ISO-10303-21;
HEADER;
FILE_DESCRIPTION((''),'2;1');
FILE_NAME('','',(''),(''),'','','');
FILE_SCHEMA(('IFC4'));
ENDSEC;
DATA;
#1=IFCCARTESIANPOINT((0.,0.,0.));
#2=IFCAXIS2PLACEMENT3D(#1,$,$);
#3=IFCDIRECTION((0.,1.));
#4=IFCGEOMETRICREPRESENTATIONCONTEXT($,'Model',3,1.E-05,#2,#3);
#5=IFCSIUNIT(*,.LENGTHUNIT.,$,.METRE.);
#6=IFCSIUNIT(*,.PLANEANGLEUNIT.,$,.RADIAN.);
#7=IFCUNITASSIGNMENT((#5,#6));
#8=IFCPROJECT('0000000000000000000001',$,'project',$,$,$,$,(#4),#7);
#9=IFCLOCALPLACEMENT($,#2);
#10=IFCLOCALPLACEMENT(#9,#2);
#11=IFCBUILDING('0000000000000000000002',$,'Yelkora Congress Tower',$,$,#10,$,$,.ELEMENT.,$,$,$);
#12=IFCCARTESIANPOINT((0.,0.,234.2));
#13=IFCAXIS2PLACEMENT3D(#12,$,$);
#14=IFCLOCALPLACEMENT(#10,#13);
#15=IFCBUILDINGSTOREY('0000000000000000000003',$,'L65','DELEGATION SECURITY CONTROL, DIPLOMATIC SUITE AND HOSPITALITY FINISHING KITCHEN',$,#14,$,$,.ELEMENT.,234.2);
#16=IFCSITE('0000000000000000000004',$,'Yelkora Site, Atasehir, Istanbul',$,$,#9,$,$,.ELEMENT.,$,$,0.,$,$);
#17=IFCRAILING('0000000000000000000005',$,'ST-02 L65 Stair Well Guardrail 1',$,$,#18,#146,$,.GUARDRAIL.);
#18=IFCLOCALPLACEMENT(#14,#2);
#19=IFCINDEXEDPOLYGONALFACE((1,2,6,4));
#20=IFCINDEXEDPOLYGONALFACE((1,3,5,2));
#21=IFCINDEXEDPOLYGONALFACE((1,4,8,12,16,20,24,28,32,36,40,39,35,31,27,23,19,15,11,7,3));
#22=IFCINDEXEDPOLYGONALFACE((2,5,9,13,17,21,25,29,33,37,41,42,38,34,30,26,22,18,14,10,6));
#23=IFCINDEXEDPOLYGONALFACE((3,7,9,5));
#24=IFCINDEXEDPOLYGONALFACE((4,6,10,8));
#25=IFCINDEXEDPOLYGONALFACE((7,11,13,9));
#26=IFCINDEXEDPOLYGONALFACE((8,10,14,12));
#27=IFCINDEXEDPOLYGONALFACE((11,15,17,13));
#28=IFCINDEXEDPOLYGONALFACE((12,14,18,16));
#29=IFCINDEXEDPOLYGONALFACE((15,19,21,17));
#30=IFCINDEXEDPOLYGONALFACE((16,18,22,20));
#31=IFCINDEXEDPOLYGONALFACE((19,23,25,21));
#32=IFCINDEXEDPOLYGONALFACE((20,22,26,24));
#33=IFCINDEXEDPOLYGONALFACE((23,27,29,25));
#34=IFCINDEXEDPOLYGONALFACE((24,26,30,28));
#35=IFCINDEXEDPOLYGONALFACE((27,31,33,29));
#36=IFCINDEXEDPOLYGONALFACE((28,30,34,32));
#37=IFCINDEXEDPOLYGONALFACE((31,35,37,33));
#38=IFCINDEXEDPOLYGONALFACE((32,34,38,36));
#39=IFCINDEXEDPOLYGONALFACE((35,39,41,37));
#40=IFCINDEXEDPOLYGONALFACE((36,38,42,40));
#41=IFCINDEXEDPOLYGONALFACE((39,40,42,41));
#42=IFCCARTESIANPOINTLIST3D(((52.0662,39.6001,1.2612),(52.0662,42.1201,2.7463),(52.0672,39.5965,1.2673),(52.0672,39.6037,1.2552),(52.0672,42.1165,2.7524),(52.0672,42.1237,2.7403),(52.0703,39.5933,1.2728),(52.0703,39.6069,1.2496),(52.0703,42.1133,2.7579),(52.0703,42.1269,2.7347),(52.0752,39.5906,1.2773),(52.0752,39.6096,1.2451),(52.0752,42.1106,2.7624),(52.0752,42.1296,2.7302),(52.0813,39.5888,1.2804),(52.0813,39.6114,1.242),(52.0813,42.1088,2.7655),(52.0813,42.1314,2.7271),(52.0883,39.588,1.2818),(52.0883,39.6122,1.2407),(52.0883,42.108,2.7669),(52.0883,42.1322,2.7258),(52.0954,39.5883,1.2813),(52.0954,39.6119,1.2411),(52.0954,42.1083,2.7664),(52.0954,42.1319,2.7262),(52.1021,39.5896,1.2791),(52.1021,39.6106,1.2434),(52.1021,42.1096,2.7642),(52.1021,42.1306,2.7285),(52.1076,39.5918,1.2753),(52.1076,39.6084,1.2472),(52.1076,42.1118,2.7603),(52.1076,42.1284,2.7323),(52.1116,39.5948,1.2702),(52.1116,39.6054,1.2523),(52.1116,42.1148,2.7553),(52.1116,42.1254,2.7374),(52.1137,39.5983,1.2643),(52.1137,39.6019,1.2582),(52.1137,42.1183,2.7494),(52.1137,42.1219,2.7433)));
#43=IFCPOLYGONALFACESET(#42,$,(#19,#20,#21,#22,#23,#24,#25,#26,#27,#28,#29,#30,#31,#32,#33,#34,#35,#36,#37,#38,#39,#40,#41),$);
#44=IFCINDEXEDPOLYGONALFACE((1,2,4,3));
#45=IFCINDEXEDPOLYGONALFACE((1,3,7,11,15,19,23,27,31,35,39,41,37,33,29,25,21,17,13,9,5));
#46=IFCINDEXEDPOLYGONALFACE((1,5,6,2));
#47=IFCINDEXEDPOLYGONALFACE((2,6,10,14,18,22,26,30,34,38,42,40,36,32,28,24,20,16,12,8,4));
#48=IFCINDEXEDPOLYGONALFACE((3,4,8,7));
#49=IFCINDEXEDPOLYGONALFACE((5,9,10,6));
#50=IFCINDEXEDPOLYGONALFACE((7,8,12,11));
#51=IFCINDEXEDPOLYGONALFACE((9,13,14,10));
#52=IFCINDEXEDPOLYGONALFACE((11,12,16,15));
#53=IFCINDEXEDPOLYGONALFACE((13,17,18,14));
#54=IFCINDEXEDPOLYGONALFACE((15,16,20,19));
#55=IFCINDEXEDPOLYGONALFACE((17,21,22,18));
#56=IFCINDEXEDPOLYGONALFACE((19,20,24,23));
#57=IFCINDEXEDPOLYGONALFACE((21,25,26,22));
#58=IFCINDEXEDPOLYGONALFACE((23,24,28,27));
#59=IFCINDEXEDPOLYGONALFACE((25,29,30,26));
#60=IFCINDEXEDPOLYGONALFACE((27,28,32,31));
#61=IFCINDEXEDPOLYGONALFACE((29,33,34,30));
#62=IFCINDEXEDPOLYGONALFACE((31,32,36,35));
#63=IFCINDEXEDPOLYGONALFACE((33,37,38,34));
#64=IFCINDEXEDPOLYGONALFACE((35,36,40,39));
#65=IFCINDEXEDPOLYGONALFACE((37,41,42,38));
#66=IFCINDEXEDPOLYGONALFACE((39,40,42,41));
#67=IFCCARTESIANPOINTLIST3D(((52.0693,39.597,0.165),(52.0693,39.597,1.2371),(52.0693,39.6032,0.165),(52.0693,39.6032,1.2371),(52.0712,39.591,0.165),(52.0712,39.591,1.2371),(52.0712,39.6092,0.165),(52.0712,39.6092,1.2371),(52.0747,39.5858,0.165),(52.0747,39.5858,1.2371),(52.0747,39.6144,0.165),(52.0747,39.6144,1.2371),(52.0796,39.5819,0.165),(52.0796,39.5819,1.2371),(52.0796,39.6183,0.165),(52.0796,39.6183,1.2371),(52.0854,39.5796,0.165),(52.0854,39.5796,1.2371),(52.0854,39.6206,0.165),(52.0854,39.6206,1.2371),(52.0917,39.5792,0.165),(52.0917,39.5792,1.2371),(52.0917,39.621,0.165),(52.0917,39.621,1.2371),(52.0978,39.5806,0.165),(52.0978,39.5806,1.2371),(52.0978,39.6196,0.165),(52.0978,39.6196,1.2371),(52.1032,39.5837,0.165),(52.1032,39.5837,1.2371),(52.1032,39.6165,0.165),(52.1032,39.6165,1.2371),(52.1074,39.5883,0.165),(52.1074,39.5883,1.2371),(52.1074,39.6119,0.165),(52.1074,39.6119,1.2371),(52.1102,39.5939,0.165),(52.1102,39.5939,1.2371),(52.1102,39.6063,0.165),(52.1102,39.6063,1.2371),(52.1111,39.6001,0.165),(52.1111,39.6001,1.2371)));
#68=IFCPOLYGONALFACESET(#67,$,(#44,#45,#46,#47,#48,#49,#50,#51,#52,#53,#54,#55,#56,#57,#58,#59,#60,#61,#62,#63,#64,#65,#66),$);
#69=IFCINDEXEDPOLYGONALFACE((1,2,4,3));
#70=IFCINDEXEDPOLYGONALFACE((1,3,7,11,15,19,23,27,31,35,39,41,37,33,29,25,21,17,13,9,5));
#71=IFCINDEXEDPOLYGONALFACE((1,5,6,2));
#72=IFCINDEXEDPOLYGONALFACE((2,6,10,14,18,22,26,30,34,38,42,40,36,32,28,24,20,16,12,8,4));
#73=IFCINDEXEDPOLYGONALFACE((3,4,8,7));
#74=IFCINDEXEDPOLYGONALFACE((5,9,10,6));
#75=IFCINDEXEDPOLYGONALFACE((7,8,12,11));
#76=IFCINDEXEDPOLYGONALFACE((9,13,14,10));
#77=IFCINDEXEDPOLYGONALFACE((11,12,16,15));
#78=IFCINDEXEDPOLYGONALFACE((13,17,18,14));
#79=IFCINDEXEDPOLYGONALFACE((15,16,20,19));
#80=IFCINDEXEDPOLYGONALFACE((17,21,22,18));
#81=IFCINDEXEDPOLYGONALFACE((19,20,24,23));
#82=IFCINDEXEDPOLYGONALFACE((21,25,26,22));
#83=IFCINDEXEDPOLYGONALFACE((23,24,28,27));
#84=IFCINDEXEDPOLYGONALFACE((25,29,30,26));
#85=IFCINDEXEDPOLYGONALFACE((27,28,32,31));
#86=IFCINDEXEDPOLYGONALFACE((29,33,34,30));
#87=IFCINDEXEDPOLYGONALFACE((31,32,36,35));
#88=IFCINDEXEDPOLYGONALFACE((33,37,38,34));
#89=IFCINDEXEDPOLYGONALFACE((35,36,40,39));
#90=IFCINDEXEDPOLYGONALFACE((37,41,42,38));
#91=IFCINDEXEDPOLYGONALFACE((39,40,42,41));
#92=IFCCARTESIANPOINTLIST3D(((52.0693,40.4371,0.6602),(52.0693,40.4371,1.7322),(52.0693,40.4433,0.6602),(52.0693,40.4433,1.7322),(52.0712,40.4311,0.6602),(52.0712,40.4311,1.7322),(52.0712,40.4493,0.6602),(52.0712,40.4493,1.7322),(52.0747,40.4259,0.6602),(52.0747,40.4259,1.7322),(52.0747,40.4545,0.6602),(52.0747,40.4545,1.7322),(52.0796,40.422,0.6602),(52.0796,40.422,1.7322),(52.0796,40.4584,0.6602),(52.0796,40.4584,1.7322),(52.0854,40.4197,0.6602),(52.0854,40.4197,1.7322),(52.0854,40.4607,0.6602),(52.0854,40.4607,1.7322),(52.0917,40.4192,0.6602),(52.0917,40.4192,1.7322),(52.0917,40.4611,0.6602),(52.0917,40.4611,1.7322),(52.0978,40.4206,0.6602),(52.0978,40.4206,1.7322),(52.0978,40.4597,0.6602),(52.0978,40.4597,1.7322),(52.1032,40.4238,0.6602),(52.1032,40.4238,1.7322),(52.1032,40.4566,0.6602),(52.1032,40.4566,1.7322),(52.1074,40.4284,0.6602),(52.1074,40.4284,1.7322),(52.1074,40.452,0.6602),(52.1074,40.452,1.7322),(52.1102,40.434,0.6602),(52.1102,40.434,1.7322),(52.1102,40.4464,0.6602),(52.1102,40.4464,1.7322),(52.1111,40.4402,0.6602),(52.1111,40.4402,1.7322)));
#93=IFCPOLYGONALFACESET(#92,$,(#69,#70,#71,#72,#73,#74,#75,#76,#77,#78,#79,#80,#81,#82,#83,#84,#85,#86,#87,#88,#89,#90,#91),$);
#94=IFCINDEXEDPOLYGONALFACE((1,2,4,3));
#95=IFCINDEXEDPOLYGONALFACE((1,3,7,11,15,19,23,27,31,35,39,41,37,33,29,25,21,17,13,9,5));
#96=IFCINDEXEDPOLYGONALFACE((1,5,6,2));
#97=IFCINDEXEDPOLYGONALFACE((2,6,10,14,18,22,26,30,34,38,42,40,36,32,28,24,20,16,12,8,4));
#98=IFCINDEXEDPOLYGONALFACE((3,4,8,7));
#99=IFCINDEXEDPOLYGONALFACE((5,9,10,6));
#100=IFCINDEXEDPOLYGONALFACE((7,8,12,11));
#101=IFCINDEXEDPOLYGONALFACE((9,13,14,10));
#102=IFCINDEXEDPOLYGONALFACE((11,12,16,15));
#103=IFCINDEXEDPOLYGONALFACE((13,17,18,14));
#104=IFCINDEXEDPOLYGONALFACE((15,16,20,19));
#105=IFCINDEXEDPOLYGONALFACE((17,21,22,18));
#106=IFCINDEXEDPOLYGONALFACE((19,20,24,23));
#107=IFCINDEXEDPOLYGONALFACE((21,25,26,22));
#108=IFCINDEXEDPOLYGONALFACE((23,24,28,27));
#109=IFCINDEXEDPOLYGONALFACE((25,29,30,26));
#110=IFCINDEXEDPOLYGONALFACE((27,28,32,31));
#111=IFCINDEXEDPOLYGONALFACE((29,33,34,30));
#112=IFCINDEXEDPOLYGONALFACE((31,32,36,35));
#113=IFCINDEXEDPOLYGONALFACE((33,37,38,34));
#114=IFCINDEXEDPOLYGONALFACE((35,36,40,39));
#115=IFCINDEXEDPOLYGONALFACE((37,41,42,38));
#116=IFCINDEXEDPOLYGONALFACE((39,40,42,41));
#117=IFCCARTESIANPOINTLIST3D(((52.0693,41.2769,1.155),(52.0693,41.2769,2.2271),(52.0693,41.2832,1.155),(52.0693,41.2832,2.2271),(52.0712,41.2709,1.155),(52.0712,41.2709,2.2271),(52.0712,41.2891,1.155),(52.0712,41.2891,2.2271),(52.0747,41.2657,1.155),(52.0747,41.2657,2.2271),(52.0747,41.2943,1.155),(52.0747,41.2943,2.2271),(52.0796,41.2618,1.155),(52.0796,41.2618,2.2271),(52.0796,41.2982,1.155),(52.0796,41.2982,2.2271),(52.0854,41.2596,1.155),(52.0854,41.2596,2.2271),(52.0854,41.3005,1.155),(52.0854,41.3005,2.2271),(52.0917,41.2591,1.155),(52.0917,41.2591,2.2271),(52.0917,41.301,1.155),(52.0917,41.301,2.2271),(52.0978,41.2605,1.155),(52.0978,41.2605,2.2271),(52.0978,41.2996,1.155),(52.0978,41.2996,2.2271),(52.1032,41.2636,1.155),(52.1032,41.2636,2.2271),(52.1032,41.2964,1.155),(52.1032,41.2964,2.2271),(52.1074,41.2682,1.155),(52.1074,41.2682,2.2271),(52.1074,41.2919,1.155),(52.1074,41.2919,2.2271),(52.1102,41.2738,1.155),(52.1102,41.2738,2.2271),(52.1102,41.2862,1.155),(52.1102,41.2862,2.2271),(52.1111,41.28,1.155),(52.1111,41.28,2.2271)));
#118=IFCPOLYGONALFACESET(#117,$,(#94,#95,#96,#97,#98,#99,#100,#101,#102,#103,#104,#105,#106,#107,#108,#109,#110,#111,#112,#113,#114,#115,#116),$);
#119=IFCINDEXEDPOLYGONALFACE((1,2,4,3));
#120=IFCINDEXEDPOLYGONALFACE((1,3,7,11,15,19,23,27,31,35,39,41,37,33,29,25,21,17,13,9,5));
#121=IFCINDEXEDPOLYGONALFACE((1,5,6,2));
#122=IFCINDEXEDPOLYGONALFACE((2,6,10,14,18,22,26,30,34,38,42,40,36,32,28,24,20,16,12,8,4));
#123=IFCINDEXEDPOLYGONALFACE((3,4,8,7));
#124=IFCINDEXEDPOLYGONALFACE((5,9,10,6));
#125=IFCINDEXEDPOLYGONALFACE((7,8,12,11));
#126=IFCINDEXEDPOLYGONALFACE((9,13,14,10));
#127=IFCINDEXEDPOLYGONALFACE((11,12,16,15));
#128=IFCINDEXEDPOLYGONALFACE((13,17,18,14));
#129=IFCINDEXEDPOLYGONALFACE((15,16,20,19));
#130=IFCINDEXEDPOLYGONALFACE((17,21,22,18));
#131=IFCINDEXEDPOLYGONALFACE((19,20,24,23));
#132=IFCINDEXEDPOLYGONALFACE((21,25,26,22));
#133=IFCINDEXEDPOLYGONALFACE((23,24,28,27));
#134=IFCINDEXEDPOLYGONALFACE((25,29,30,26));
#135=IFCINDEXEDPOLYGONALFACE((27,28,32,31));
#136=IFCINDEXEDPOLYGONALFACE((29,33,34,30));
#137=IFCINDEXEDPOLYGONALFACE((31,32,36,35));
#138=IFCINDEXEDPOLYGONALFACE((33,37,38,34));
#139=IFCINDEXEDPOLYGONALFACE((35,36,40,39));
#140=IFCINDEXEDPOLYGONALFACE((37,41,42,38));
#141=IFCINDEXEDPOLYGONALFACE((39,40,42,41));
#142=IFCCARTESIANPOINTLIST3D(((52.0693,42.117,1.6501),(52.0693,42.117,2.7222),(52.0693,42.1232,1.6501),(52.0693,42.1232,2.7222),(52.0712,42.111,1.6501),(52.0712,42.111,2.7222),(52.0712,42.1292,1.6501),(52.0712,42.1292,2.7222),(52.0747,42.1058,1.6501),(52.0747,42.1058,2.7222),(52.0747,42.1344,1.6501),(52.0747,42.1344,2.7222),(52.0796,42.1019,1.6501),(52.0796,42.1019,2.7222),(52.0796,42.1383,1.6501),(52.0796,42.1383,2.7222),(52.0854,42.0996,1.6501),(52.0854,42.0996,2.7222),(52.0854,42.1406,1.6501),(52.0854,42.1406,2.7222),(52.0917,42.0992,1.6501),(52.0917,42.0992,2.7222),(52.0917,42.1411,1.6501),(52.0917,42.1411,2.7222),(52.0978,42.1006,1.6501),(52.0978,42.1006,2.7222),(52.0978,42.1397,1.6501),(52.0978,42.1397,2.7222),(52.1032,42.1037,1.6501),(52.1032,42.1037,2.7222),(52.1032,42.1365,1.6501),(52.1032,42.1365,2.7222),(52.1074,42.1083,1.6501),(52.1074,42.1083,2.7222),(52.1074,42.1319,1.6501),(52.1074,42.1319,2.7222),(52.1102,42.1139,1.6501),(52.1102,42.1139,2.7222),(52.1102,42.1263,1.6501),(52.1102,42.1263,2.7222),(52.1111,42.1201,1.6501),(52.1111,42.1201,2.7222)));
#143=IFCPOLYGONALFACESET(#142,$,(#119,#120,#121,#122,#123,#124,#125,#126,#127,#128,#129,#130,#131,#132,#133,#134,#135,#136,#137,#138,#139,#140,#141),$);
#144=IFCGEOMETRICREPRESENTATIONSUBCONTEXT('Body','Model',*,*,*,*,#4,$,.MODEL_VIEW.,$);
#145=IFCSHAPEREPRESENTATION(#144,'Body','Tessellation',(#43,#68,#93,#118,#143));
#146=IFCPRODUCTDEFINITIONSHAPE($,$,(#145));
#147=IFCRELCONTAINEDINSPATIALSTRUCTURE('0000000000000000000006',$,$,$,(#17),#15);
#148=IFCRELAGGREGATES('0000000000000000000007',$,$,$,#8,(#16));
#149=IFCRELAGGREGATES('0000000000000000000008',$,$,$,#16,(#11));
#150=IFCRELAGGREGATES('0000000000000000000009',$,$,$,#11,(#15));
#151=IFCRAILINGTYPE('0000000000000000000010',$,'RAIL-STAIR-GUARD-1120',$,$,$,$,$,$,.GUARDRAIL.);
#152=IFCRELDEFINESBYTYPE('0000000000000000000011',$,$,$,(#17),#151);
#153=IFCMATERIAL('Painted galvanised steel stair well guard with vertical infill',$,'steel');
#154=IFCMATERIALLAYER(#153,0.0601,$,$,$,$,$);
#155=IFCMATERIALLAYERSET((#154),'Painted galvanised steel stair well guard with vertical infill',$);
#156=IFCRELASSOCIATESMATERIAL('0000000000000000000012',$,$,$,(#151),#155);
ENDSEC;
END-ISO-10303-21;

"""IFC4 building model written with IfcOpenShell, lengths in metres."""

from ifc_helpers import new_model, si_unit, direction, frame, origin, origin_2d, place, context, subcontext, project, spatial, circle, extrude, material, layer, layer_set, type_object, element, save


model = new_model("IFC4")

# Units and contexts
model_context = context("Model", 3, precision=1e-05, world=origin(), true_north=direction((0.0, 1.0)))
body_context = subcontext(model_context, "Body", "Model", "MODEL_VIEW")
ifc_project = project(units=[si_unit("LENGTHUNIT", "METRE"), si_unit("PLANEANGLEUNIT", "RADIAN")], contexts=[model_context])

# Site, building, storey
site_placement = place(None, origin())
site = spatial("IfcSite", under=ifc_project, at=site_placement, Name="Yelkora Site, Atasehir, Istanbul", CompositionType="ELEMENT", RefElevation=0.0)
building_placement = place(site_placement, origin())
building = spatial("IfcBuilding", under=site, at=building_placement, Name="Yelkora Congress Tower", CompositionType="ELEMENT")
storey_placement = place(building_placement, frame((0.0, 0.0, 234.2)))
storey = spatial("IfcBuildingStorey", under=building, at=storey_placement, Name="L65", Description="DELEGATION SECURITY CONTROL, DIPLOMATIC SUITE AND HOSPITALITY FINISHING KITCHEN", CompositionType="ELEMENT", Elevation=234.2)

# Railing
ifc_material_1 = material(Name="Painted galvanised steel stair well guard with vertical infill", Category="steel")
ifc_layer_1 = layer(ifc_material_1, 0.0601)
ifc_layer_set_1 = layer_set([ifc_layer_1], Name="Painted galvanised steel stair well guard with vertical infill")
railing_type_1 = type_object("IfcRailingType", Name="RAIL-STAIR-GUARD-1120", PredefinedType="GUARDRAIL", material=ifc_layer_set_1)
railing_1_placement = place(storey_placement, frame((52.0901, 39.6001, 0.165)))
element("IfcRailing", 1, at=railing_1_placement, inside=storey, type_object=railing_type_1, Name="ST-02 L65 Stair Well Guardrail 1", PredefinedType="GUARDRAIL", context=body_context, shape_type="SweptSolid", body=[
    extrude(circle(Radius=0.0239, at=origin_2d()), frame((0.0, 0.0, 1.0962), z_axis=(0.0, 0.861524, 0.507717), x_axis=(-1.0, 0.0, 0.0)), (0.0, 0.0, 1.0), 2.925),
    extrude(circle(Radius=0.021, at=origin_2d()), origin(), (0.0, 0.0, 1.0), 1.072),
    extrude(circle(Radius=0.021, at=origin_2d()), frame((0.0, 0.8401, 0.4951)), (0.0, 0.0, 1.0), 1.072),
    extrude(circle(Radius=0.021, at=origin_2d()), frame((0.0, 1.6799, 0.99)), (0.0, 0.0, 1.0), 1.072),
    extrude(circle(Radius=0.021, at=origin_2d()), frame((0.0, 2.52, 1.4851)), (0.0, 0.0, 1.0), 1.072),
])

save(model, "model.ifc")
